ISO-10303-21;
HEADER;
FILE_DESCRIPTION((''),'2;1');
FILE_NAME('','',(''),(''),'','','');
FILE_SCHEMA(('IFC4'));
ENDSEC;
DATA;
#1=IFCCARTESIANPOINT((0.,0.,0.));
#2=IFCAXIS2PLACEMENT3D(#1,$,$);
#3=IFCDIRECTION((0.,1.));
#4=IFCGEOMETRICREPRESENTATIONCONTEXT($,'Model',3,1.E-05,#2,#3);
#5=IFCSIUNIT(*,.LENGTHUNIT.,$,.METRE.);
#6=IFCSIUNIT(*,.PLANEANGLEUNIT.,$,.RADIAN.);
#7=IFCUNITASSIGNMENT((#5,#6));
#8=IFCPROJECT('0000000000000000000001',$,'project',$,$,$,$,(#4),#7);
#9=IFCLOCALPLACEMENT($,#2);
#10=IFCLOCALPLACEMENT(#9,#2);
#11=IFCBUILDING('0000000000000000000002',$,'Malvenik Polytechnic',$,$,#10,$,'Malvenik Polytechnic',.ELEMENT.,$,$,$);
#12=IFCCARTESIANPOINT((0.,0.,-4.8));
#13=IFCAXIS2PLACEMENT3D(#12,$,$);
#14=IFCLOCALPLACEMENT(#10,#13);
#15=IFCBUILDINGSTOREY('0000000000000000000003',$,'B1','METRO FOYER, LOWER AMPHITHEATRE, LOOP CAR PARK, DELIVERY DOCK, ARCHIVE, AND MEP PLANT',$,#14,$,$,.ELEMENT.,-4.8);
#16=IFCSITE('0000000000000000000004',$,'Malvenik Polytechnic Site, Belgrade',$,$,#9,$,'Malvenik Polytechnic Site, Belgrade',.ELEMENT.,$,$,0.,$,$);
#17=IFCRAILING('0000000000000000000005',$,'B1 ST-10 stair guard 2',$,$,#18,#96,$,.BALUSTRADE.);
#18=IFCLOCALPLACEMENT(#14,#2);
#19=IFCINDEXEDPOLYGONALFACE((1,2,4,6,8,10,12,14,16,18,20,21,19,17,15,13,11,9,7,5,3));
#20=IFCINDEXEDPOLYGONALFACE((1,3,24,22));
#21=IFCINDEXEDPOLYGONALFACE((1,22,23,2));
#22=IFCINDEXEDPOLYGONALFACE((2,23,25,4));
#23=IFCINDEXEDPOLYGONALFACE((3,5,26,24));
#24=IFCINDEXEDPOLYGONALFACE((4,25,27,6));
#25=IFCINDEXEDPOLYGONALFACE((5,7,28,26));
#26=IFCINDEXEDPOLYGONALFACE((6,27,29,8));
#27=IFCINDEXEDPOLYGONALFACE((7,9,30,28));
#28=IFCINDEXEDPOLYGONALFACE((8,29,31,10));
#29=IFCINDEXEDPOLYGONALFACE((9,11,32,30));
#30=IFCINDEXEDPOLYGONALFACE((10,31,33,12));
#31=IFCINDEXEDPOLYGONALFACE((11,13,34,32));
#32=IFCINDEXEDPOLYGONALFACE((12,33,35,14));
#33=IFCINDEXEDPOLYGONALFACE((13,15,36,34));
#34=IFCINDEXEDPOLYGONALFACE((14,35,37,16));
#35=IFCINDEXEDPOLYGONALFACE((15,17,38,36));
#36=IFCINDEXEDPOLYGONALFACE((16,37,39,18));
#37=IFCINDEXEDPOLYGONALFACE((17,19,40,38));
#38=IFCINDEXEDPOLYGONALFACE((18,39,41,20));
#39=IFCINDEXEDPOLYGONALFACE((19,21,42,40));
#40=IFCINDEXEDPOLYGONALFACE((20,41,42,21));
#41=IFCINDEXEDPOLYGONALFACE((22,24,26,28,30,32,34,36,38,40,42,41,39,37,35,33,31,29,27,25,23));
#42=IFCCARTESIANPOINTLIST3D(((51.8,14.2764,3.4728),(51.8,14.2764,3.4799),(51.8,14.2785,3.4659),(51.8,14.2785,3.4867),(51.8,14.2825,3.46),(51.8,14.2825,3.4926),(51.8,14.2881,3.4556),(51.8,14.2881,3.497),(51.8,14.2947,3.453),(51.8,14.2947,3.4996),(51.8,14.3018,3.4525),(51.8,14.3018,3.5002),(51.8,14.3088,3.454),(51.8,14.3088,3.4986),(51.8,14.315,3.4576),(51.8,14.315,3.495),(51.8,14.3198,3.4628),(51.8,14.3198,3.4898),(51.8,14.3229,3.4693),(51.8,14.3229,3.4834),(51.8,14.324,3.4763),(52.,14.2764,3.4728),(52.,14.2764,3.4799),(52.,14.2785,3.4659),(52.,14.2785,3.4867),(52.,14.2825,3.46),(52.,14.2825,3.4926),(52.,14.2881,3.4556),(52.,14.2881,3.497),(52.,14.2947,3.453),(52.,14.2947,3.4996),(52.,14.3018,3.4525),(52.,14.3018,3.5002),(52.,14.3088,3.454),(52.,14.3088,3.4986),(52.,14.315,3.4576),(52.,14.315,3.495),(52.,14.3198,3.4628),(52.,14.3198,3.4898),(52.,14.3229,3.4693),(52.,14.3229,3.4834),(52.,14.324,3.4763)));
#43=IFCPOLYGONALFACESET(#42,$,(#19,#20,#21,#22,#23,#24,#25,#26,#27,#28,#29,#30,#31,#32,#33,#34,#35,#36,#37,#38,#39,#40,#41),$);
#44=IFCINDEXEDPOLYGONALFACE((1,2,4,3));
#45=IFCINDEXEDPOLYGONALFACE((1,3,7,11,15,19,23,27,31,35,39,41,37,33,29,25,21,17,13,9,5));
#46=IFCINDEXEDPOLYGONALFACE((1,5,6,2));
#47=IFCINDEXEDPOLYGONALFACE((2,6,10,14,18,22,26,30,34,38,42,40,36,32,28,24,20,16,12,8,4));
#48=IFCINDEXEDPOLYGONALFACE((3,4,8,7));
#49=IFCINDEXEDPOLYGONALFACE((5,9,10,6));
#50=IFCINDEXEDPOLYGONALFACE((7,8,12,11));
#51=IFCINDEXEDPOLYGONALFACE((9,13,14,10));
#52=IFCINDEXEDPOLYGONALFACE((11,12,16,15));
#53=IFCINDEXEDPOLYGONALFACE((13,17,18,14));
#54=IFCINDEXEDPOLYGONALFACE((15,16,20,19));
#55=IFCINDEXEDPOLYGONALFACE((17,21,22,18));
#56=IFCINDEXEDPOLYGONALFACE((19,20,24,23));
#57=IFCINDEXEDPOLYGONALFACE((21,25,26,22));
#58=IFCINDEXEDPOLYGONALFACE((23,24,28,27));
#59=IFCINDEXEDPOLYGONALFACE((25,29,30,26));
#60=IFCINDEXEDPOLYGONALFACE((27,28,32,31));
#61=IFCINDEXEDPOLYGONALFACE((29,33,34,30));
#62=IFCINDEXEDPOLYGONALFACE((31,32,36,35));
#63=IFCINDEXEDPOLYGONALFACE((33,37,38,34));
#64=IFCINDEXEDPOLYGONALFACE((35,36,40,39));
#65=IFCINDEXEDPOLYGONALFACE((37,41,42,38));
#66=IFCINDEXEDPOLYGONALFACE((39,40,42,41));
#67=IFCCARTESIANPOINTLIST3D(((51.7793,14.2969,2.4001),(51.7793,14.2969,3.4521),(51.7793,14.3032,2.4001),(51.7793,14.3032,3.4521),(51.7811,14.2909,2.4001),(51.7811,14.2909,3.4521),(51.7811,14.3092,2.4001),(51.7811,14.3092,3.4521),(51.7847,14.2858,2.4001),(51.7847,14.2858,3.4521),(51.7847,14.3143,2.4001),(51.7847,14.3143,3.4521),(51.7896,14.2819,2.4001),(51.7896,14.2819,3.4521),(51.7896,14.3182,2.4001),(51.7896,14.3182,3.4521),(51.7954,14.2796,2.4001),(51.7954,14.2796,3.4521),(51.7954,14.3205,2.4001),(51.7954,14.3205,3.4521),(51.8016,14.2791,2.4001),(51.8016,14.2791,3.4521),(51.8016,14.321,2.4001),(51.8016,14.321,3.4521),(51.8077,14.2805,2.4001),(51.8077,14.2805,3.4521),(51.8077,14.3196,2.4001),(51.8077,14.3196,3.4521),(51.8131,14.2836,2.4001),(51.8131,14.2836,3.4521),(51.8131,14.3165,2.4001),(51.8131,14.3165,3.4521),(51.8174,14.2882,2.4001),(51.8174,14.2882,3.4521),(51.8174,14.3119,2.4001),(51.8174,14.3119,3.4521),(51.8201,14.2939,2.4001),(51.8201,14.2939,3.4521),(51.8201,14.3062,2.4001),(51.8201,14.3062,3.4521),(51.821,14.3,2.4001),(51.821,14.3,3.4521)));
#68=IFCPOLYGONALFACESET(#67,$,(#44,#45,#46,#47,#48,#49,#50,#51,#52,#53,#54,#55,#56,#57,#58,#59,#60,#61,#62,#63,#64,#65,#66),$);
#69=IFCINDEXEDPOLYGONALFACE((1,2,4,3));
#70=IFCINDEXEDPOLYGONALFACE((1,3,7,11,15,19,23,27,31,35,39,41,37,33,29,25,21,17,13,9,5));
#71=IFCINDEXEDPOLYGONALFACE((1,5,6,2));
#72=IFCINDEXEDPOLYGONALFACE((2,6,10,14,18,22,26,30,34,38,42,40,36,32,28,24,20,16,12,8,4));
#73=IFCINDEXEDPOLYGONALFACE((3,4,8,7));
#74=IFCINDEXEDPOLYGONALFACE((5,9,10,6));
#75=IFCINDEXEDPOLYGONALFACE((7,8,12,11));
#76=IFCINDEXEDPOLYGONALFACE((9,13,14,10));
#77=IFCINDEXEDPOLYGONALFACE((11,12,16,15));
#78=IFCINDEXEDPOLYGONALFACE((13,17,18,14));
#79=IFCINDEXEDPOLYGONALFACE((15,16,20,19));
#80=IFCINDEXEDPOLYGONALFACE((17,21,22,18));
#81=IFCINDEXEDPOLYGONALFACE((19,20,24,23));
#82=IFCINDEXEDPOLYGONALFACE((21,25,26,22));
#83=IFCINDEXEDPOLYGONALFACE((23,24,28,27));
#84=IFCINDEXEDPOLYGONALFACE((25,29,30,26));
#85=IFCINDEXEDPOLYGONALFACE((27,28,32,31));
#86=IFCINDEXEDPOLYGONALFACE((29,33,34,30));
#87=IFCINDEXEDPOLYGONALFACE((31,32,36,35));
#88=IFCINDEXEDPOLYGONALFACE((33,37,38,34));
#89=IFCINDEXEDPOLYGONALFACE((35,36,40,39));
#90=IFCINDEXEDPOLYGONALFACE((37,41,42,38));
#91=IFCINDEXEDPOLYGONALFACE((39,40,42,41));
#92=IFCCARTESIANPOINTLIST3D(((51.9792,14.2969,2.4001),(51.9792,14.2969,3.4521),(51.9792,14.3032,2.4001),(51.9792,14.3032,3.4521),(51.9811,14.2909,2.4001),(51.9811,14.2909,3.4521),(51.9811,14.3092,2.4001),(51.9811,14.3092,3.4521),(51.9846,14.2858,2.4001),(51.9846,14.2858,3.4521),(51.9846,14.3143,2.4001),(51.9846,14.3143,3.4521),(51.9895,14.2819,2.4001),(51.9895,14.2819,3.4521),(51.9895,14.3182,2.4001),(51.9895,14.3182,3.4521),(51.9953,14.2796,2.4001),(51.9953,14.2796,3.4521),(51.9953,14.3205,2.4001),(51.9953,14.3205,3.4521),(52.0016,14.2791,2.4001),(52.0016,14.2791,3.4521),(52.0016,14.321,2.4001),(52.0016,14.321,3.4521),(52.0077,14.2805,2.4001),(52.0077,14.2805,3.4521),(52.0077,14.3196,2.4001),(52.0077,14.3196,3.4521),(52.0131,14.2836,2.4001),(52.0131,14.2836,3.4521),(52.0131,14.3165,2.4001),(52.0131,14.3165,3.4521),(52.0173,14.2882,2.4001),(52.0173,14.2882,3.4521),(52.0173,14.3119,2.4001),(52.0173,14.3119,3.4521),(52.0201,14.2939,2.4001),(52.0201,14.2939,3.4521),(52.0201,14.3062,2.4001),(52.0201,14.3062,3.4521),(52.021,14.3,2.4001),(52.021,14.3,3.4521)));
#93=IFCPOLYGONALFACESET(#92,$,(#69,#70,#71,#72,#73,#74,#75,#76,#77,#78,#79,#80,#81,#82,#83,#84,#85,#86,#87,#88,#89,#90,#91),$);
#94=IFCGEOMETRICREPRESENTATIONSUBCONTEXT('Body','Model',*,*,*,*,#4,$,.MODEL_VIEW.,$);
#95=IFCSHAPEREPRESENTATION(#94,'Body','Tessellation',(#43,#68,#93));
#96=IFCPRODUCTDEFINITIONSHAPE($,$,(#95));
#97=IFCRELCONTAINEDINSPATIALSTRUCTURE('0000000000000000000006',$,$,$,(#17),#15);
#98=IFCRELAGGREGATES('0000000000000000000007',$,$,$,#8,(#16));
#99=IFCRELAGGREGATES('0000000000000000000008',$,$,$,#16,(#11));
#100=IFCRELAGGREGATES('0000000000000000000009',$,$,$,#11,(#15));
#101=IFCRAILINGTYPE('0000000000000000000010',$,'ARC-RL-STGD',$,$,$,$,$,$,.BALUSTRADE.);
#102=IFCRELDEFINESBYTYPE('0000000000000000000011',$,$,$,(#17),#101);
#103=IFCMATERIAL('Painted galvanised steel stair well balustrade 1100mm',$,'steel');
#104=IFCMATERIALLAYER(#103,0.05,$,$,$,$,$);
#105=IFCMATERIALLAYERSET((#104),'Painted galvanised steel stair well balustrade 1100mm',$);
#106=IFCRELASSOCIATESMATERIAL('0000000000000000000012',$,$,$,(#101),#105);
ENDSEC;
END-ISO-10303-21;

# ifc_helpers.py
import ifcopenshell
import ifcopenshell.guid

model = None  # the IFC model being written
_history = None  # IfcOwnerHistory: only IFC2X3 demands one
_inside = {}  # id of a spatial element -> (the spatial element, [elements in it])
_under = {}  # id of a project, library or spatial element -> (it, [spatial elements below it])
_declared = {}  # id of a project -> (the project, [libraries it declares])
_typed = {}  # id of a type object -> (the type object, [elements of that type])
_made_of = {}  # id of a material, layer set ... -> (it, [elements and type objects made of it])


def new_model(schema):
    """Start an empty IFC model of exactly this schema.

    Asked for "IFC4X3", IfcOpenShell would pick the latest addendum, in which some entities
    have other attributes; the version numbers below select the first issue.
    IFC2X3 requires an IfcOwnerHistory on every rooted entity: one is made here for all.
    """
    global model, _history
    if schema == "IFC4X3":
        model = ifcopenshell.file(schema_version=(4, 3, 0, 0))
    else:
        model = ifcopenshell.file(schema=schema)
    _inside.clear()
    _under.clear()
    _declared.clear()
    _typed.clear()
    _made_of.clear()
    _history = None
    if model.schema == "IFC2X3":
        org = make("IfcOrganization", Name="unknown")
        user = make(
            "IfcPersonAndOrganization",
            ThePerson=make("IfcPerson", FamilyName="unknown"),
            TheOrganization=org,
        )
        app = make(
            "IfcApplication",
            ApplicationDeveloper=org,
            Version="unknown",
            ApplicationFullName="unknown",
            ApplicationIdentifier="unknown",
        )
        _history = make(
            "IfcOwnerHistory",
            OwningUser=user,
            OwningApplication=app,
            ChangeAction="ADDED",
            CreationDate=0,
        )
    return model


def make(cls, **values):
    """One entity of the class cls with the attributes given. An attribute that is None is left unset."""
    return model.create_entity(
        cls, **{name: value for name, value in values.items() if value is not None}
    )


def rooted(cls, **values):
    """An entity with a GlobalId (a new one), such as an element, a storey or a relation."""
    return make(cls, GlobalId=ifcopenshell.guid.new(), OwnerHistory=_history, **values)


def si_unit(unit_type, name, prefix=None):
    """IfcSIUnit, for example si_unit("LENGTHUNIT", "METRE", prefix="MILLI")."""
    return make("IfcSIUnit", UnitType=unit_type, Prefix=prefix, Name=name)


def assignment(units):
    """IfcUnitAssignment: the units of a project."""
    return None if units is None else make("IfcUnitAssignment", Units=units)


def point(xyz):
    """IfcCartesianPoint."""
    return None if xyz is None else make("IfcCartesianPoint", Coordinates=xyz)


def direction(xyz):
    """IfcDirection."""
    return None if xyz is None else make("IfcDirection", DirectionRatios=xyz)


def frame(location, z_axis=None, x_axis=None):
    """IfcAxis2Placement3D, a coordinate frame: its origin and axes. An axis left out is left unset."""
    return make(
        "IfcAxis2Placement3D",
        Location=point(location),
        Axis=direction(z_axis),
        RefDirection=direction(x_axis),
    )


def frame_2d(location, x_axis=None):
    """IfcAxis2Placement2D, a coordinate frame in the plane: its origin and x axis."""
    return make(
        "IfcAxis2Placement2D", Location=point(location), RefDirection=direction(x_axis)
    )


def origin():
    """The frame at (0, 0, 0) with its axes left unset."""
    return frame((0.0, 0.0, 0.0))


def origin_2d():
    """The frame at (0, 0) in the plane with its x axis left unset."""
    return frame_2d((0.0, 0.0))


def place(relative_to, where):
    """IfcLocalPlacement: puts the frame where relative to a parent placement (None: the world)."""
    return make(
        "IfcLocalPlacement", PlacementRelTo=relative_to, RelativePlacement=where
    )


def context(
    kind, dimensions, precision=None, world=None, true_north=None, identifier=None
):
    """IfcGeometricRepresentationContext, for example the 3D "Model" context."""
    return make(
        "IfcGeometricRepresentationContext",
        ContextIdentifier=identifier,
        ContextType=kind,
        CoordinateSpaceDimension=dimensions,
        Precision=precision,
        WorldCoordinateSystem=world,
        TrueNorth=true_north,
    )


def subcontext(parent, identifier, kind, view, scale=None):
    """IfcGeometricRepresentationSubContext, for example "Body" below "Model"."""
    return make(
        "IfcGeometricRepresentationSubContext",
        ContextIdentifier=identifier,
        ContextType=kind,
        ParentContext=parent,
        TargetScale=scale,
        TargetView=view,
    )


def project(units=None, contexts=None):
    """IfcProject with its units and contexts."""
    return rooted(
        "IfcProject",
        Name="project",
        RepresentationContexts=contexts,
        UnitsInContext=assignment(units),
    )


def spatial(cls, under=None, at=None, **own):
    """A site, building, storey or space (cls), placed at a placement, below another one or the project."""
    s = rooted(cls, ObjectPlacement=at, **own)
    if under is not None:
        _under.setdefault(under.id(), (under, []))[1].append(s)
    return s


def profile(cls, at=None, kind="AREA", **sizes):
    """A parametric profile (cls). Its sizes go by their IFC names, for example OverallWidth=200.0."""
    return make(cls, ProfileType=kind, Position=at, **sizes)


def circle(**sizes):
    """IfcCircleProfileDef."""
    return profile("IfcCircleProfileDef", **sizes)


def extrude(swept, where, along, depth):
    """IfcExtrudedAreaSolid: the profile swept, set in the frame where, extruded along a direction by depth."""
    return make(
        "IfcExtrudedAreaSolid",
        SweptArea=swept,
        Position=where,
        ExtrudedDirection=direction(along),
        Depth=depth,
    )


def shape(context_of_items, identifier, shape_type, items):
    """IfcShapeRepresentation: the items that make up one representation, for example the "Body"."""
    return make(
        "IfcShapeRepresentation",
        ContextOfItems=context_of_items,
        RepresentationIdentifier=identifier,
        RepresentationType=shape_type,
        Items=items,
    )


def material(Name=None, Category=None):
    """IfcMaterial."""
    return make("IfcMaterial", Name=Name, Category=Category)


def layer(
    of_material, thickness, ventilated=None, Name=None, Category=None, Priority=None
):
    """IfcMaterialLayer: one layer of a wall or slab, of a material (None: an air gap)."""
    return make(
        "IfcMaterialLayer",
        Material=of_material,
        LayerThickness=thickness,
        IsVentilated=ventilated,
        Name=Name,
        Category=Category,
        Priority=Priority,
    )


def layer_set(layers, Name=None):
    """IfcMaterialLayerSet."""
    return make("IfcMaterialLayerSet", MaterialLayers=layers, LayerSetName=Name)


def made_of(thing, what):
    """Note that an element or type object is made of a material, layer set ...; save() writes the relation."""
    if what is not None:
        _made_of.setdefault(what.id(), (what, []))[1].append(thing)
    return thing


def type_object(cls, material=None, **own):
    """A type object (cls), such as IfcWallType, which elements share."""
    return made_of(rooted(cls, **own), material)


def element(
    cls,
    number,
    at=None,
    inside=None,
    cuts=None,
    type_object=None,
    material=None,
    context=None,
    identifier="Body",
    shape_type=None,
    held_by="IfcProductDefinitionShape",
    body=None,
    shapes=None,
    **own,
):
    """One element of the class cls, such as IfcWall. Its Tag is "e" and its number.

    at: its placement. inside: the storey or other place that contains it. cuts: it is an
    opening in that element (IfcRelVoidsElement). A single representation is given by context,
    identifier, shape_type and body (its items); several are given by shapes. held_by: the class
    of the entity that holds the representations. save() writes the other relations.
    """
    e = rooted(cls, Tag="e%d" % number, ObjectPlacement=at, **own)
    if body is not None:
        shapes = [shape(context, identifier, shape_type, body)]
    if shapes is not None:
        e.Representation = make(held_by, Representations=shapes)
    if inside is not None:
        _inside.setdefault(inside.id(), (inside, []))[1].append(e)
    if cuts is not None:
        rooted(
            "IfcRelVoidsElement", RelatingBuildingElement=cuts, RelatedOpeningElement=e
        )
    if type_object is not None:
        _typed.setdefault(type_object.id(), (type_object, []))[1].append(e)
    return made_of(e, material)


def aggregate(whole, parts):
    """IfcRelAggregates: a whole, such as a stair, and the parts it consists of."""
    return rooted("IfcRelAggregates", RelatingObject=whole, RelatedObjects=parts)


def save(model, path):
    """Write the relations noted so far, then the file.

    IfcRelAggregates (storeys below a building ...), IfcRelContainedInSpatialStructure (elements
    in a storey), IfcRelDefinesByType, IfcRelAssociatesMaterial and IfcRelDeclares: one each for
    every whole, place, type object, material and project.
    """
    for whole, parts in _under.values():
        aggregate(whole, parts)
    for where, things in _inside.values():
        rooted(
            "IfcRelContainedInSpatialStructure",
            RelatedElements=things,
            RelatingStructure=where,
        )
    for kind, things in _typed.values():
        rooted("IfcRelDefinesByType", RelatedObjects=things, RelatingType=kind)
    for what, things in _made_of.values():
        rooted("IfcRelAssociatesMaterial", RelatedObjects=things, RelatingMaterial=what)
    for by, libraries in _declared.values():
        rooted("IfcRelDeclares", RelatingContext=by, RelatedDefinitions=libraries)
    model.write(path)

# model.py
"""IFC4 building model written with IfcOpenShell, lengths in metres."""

from ifc_helpers import new_model, si_unit, direction, frame, origin, origin_2d, place, context, subcontext, project, spatial, circle, extrude, material, layer, layer_set, type_object, element, save


model = new_model("IFC4")

# Units and contexts
model_context = context("Model", 3, precision=1e-05, world=origin(), true_north=direction((0.0, 1.0)))
body_context = subcontext(model_context, "Body", "Model", "MODEL_VIEW")
ifc_project = project(units=[si_unit("LENGTHUNIT", "METRE"), si_unit("PLANEANGLEUNIT", "RADIAN")], contexts=[model_context])

# Site, building, storey
site_placement = place(None, origin())
site = spatial("IfcSite", under=ifc_project, at=site_placement, Name="Malvenik Polytechnic Site, Belgrade", LongName="Malvenik Polytechnic Site, Belgrade", CompositionType="ELEMENT", RefElevation=0.0)
building_placement = place(site_placement, origin())
building = spatial("IfcBuilding", under=site, at=building_placement, Name="Malvenik Polytechnic", LongName="Malvenik Polytechnic", CompositionType="ELEMENT")
storey_placement = place(building_placement, frame((0.0, 0.0, -4.8)))
storey = spatial("IfcBuildingStorey", under=building, at=storey_placement, Name="B1", Description="METRO FOYER, LOWER AMPHITHEATRE, LOOP CAR PARK, DELIVERY DOCK, ARCHIVE, AND MEP PLANT", CompositionType="ELEMENT", Elevation=-4.8)

# Railing
ifc_material_1 = material(Name="Painted galvanised steel stair well balustrade 1100mm", Category="steel")
ifc_layer_1 = layer(ifc_material_1, 0.05)
ifc_layer_set_1 = layer_set([ifc_layer_1], Name="Painted galvanised steel stair well balustrade 1100mm")
railing_type_1 = type_object("IfcRailingType", Name="ARC-RL-STGD", PredefinedType="BALUSTRADE", material=ifc_layer_set_1)
railing_1_placement = place(storey_placement, frame((51.8, 14.3, 2.4001)))
element("IfcRailing", 1, at=railing_1_placement, inside=storey, type_object=railing_type_1, Name="B1 ST-10 stair guard 2", PredefinedType="BALUSTRADE", context=body_context, shape_type="SweptSolid", body=[
    extrude(circle(Radius=0.0239, at=origin_2d()), frame((0.0, 0.0, 1.0762), z_axis=(1.0, 0.0, 0.0), x_axis=(0.0, 1.0, 0.0)), (0.0, 0.0, 1.0), 0.2),
    extrude(circle(Radius=0.021, at=origin_2d()), origin(), (0.0, 0.0, 1.0), 1.052),
    extrude(circle(Radius=0.021, at=origin_2d()), frame((0.2, 0.0, 0.0)), (0.0, 0.0, 1.0), 1.052),
])

save(model, "model.ifc")
